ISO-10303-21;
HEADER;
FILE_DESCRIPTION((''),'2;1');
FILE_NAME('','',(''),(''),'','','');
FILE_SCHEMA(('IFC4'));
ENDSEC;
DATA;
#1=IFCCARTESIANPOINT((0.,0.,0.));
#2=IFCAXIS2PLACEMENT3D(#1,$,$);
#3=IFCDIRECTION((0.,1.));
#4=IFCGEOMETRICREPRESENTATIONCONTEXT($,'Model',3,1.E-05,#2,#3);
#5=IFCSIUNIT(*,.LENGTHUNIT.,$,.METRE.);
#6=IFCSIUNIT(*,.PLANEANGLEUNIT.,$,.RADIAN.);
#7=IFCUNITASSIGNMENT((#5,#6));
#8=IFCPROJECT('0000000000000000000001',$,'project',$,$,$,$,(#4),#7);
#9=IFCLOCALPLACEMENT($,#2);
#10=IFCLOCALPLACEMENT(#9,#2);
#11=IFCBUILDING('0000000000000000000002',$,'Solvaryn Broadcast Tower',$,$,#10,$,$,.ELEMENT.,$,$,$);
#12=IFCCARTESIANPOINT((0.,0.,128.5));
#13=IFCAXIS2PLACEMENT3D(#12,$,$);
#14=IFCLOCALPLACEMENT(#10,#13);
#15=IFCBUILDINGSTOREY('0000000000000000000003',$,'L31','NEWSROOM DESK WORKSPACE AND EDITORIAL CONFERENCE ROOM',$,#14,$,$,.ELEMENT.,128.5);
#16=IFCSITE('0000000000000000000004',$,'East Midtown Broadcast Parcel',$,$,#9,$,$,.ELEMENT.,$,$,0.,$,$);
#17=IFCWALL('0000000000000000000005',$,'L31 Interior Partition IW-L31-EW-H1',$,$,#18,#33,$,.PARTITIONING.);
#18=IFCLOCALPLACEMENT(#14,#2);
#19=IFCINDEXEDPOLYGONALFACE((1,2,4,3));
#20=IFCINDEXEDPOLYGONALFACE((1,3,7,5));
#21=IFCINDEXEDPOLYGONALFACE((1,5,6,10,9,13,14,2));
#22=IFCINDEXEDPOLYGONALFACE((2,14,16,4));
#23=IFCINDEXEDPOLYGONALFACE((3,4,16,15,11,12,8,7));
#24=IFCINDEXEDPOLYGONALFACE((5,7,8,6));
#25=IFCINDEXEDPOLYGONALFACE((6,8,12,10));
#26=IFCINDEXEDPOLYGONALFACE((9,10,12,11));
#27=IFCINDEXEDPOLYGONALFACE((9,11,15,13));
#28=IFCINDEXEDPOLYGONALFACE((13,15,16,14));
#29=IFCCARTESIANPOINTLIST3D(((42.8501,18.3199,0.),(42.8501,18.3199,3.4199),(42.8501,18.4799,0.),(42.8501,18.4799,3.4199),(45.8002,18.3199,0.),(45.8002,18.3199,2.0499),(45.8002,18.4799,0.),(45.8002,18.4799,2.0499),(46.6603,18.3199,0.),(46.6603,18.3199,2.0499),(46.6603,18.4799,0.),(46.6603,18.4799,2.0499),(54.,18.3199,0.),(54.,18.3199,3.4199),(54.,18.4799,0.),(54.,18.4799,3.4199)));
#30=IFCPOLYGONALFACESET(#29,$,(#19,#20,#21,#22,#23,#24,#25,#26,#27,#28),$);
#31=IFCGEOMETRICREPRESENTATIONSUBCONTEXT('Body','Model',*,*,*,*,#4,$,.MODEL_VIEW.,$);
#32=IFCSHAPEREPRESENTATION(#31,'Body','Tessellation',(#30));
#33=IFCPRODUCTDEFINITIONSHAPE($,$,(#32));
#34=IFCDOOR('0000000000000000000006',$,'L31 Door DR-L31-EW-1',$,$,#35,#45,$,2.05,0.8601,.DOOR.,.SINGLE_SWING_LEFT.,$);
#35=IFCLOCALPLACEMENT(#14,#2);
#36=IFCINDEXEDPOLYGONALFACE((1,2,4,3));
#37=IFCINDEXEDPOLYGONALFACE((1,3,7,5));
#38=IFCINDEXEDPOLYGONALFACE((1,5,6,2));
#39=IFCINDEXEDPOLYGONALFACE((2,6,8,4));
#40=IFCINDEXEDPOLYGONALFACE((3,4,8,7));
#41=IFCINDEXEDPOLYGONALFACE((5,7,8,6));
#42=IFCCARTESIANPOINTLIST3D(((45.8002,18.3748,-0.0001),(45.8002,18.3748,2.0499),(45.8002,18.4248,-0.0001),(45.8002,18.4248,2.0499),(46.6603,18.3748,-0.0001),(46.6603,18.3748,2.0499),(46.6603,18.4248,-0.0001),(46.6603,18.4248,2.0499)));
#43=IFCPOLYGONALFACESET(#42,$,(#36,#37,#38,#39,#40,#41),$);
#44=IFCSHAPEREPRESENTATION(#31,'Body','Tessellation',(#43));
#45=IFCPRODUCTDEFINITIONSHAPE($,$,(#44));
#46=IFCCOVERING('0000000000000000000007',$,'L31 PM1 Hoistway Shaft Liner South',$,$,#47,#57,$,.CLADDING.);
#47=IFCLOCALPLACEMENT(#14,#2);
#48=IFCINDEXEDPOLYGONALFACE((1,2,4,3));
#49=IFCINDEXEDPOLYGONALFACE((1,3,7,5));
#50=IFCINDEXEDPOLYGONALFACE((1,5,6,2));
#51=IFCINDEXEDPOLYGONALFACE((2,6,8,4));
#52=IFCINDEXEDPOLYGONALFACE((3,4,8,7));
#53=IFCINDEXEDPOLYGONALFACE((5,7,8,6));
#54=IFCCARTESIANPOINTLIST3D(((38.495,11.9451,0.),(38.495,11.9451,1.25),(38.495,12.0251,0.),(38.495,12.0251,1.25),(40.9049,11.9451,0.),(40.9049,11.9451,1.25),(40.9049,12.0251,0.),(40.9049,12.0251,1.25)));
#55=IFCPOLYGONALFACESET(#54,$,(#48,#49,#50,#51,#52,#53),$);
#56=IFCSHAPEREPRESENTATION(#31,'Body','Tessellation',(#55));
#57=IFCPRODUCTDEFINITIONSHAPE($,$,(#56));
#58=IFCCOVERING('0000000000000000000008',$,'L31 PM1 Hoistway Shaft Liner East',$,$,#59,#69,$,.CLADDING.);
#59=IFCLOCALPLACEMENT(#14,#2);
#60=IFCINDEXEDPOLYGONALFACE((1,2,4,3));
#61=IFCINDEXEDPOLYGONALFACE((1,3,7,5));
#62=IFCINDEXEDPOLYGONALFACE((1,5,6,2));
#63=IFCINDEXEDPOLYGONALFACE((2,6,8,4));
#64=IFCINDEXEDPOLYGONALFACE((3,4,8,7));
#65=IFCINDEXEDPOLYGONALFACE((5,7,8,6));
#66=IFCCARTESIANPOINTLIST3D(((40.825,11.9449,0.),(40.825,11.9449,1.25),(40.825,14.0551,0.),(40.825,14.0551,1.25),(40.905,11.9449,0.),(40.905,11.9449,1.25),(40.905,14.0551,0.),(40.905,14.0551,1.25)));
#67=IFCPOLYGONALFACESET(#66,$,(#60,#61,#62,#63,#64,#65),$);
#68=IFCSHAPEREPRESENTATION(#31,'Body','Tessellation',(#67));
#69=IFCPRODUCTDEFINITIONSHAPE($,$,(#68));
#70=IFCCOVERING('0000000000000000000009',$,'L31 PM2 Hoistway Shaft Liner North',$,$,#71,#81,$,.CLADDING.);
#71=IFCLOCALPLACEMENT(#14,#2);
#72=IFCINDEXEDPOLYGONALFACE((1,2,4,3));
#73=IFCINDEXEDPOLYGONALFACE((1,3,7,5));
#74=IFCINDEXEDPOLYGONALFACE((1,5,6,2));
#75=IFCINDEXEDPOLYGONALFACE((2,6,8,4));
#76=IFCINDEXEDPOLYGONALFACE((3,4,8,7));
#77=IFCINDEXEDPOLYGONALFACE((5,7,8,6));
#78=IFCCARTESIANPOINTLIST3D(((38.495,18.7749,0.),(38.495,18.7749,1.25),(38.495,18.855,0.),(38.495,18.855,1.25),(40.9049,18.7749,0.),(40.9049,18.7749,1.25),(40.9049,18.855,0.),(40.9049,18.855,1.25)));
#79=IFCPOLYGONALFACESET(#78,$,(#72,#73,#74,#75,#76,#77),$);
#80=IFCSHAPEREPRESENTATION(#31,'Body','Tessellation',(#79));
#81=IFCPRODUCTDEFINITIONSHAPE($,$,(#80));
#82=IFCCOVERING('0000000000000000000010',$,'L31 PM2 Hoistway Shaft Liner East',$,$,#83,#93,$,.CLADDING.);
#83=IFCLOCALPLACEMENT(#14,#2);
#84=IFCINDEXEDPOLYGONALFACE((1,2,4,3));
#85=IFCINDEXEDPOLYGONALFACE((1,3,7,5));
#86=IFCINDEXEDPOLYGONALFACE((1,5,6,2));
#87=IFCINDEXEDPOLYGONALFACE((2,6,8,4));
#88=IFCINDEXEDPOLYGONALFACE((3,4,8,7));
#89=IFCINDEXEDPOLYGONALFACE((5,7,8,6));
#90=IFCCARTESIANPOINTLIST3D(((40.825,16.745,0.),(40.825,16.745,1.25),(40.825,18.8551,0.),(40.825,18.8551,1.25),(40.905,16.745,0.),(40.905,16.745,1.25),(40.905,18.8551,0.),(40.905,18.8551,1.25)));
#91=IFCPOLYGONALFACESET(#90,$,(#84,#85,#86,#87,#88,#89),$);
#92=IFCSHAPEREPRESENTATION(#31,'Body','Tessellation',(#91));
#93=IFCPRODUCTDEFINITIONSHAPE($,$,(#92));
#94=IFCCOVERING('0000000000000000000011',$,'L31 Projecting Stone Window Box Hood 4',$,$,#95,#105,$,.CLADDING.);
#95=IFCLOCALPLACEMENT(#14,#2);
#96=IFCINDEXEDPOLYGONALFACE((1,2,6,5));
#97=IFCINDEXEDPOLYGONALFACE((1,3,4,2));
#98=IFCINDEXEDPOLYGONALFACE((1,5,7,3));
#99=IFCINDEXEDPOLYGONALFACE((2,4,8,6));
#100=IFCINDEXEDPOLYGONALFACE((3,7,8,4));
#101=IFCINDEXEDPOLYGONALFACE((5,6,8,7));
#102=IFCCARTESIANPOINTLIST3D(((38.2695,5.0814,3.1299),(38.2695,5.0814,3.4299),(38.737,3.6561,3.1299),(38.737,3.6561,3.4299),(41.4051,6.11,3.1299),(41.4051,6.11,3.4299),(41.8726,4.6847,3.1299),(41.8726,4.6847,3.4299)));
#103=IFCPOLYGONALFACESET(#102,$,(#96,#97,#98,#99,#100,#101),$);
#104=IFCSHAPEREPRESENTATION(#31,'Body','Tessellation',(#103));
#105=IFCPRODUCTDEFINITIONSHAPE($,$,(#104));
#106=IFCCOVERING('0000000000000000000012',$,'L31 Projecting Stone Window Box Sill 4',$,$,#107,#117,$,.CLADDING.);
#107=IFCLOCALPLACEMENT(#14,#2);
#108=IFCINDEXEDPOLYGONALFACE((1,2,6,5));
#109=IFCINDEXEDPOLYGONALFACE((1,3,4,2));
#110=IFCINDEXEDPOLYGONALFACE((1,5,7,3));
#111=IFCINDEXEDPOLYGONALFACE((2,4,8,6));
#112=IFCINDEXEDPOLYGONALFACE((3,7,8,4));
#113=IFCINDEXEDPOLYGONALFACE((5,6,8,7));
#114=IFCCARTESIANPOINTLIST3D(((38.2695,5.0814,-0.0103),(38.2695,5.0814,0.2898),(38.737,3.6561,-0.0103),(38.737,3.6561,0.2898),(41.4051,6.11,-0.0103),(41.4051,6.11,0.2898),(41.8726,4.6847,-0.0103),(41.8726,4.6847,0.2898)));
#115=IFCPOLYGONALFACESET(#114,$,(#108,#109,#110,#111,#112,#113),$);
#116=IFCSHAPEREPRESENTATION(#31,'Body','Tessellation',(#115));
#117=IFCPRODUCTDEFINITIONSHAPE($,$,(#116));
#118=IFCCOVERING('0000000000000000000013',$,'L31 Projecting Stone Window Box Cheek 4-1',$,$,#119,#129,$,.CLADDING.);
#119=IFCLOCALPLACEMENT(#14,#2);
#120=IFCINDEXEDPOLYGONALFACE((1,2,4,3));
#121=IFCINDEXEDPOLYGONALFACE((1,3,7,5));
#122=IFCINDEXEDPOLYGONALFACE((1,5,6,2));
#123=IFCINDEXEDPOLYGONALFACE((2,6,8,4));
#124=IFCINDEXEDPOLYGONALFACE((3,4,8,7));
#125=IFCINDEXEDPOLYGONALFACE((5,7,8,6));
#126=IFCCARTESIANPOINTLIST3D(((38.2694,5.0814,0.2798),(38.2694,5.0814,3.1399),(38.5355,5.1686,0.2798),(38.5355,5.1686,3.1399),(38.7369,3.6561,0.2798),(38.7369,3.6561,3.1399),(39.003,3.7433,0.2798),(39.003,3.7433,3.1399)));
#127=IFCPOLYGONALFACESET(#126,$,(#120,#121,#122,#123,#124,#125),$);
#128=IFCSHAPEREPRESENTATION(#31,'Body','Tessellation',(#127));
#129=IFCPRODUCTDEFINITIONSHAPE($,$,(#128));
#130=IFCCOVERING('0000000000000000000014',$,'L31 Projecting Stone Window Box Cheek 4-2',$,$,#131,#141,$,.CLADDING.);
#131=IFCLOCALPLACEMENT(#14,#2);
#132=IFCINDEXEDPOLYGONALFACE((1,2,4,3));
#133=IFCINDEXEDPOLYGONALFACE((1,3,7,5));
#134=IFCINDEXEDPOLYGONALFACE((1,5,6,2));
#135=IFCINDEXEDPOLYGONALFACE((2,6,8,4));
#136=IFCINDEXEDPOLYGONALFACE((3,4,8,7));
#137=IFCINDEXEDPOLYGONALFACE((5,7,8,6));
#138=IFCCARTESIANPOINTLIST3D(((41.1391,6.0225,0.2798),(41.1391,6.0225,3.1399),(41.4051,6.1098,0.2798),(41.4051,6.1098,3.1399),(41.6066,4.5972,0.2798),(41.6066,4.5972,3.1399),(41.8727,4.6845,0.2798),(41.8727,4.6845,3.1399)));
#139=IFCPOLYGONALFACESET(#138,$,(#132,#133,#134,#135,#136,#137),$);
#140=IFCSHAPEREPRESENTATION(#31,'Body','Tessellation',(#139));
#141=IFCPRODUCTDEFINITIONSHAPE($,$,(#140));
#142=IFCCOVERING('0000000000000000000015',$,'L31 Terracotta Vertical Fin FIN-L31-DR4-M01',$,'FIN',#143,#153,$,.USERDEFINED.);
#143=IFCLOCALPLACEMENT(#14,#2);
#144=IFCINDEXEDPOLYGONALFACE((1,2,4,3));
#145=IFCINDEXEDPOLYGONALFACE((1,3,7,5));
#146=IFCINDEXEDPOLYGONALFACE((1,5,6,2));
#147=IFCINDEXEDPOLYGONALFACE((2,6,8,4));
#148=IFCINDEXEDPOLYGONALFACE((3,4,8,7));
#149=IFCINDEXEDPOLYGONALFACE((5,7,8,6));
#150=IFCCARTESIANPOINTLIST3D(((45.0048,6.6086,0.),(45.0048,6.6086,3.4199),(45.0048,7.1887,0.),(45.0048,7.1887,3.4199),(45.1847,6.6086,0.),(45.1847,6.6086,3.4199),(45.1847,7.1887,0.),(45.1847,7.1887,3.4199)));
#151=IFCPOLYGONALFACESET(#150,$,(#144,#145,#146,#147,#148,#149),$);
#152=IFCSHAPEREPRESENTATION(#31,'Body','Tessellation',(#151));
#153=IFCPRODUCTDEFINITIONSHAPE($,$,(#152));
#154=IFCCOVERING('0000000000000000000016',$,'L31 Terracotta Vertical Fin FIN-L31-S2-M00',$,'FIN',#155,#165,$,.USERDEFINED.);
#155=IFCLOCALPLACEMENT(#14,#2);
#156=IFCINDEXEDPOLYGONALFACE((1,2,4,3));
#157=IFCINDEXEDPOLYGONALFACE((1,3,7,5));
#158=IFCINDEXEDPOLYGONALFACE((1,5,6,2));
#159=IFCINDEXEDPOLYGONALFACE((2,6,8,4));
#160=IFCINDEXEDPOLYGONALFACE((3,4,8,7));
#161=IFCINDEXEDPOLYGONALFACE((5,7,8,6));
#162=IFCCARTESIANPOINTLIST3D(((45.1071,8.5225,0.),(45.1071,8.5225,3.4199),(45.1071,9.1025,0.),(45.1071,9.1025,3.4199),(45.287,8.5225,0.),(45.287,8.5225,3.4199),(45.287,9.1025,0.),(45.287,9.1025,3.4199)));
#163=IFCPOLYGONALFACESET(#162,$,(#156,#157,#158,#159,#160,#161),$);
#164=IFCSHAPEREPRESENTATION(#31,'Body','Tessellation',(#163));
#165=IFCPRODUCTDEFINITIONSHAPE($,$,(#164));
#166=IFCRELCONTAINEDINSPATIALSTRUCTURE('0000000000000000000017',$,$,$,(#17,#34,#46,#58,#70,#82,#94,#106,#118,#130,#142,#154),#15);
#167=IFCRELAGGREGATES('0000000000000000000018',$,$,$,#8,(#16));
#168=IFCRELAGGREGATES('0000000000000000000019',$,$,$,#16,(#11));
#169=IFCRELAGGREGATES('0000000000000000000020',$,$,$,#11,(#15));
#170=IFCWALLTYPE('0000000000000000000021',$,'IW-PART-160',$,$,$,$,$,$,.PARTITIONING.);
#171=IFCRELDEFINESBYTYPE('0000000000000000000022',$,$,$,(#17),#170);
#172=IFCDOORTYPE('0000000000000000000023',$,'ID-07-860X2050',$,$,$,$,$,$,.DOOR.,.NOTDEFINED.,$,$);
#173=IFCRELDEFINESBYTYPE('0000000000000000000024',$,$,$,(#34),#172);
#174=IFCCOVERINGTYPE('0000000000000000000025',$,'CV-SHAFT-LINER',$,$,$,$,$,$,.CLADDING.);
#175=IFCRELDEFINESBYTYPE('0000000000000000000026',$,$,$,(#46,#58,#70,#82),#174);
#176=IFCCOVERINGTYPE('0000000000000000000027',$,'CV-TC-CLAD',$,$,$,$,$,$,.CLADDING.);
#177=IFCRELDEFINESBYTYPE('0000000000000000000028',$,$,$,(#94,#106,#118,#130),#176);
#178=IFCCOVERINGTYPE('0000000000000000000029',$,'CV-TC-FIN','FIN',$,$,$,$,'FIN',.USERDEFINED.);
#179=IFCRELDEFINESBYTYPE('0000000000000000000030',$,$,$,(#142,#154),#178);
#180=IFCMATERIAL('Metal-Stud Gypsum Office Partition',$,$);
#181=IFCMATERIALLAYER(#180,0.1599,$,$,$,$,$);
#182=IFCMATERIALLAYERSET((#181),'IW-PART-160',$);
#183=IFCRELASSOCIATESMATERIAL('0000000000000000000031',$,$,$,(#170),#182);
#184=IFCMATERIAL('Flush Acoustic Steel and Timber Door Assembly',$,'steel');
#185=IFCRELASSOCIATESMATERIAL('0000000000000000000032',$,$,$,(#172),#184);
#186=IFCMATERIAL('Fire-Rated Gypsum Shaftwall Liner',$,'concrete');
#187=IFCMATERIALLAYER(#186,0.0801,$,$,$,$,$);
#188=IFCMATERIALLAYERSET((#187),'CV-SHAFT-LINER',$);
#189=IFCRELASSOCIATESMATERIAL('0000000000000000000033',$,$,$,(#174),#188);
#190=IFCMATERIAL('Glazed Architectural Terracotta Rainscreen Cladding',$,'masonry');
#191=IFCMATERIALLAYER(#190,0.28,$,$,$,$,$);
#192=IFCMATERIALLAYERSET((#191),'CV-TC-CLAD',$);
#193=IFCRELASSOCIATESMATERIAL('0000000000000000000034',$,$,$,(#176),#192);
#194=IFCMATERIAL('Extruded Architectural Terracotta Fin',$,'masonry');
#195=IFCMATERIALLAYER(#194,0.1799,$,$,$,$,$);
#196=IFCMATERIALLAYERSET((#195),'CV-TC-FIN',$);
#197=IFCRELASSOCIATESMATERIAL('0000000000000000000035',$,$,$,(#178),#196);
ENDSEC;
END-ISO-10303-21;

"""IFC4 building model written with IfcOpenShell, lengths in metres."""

from ifc_helpers import new_model, si_unit, direction, frame, frame_2d, origin, origin_2d, place, context, subcontext, project, spatial, rectangle, extrude, material, layer, layer_set, type_object, element, fill, save


model = new_model("IFC4")

# Units and contexts
model_context = context("Model", 3, precision=1e-05, world=origin(), true_north=direction((0.0, 1.0)))
body_context = subcontext(model_context, "Body", "Model", "MODEL_VIEW")
ifc_project = project(units=[si_unit("LENGTHUNIT", "METRE"), si_unit("PLANEANGLEUNIT", "RADIAN")], contexts=[model_context])

# Site, building, storey
site_placement = place(None, origin())
site = spatial("IfcSite", under=ifc_project, at=site_placement, Name="East Midtown Broadcast Parcel", CompositionType="ELEMENT", RefElevation=0.0)
building_placement = place(site_placement, origin())
building = spatial("IfcBuilding", under=site, at=building_placement, Name="Solvaryn Broadcast Tower", CompositionType="ELEMENT")
storey_placement = place(building_placement, frame((0.0, 0.0, 128.5)))
storey = spatial("IfcBuildingStorey", under=building, at=storey_placement, Name="L31", Description="NEWSROOM DESK WORKSPACE AND EDITORIAL CONFERENCE ROOM", CompositionType="ELEMENT", Elevation=128.5)

# Shared definitions
ifc_material_1 = material(Name="Metal-Stud Gypsum Office Partition")
ifc_layer_1 = layer(ifc_material_1, 0.1599)
ifc_layer_set_1 = layer_set([ifc_layer_1], Name="IW-PART-160")
wall_type_1 = type_object("IfcWallType", Name="IW-PART-160", PredefinedType="PARTITIONING", material=ifc_layer_set_1)

# Wall, opening, door
wall_1_placement = place(storey_placement, frame((42.8501, 18.3999, 0.0), z_axis=(0.0, 0.0, 1.0), x_axis=(1.0, 0.0, 0.0)))
wall_1 = element("IfcWall", 1, at=wall_1_placement, inside=storey, type_object=wall_type_1, Name="L31 Interior Partition IW-L31-EW-H1", PredefinedType="PARTITIONING", context=body_context, shape_type="SweptSolid", body=[
    extrude(rectangle(XDim=11.1499, YDim=0.1599, at=frame_2d((5.575, 0.0))), origin(), (0.0, 0.0, 1.0), 3.4199),
])
opening_1_placement = place(wall_1_placement, frame((2.95, 0.0, 0.0)))
opening_1 = element("IfcOpeningElement", 2, at=opening_1_placement, cuts=wall_1, PredefinedType="OPENING", context=body_context, shape_type="SweptSolid", body=[
    extrude(rectangle(XDim=0.8601, YDim=2.05, at=frame_2d((0.4302, 1.0249))), frame((0.0, 0.0901, 0.0), z_axis=(0.0, -1.0, 0.0), x_axis=(1.0, 0.0, 0.0)), (0.0, 0.0, 1.0), 0.1799),
])
ifc_material_2 = material(Name="Flush Acoustic Steel and Timber Door Assembly", Category="steel")
door_type_1 = type_object("IfcDoorType", Name="ID-07-860X2050", OperationType="NOTDEFINED", PredefinedType="DOOR", material=ifc_material_2)
door_1_placement = place(opening_1_placement, origin())
door_1 = element("IfcDoor", 3, at=door_1_placement, inside=storey, type_object=door_type_1, Name="L31 Door DR-L31-EW-1", OperationType="SINGLE_SWING_LEFT", OverallHeight=2.05, OverallWidth=0.8601, PredefinedType="DOOR", context=body_context, shape_type="SweptSolid", body=[
    extrude(rectangle(XDim=0.8601, YDim=2.05, at=frame_2d((0.4302, 1.0249))), frame((0.0, 0.0249, 0.0), z_axis=(0.0, -1.0, 0.0), x_axis=(1.0, 0.0, 0.0)), (0.0, 0.0, 1.0), 0.05),
])
fill(opening_1, door_1)

# Coverings
ifc_material_3 = material(Name="Fire-Rated Gypsum Shaftwall Liner", Category="concrete")
ifc_layer_2 = layer(ifc_material_3, 0.0801)
ifc_layer_set_2 = layer_set([ifc_layer_2], Name="CV-SHAFT-LINER")
covering_type_1 = type_object("IfcCoveringType", Name="CV-SHAFT-LINER", PredefinedType="CLADDING", material=ifc_layer_set_2)
covering_1_placement = place(storey_placement, frame((39.7, 11.9851, 0.0), z_axis=(0.0, 0.0, 1.0), x_axis=(1.0, 0.0, 0.0)))
element("IfcCovering", 4, at=covering_1_placement, inside=storey, type_object=covering_type_1, Name="L31 PM1 Hoistway Shaft Liner South", PredefinedType="CLADDING", context=body_context, shape_type="SweptSolid", body=[
    extrude(rectangle(XDim=2.4099, YDim=0.0801, at=origin_2d()), origin(), (0.0, 0.0, 1.0), 1.25),
])
covering_2_placement = place(storey_placement, frame((40.865, 13.0, 0.0), z_axis=(0.0, 0.0, 1.0), x_axis=(1.0, 0.0, 0.0)))
element("IfcCovering", 5, at=covering_2_placement, inside=storey, type_object=covering_type_1, Name="L31 PM1 Hoistway Shaft Liner East", PredefinedType="CLADDING", context=body_context, shape_type="SweptSolid", body=[
    extrude(rectangle(XDim=0.0801, YDim=2.1101, at=origin_2d()), origin(), (0.0, 0.0, 1.0), 1.25),
])
covering_3_placement = place(storey_placement, frame((39.7, 18.8149, 0.0), z_axis=(0.0, 0.0, 1.0), x_axis=(1.0, 0.0, 0.0)))
element("IfcCovering", 6, at=covering_3_placement, inside=storey, type_object=covering_type_1, Name="L31 PM2 Hoistway Shaft Liner North", PredefinedType="CLADDING", context=body_context, shape_type="SweptSolid", body=[
    extrude(rectangle(XDim=2.4099, YDim=0.0801, at=origin_2d()), origin(), (0.0, 0.0, 1.0), 1.25),
])
covering_4_placement = place(storey_placement, frame((40.865, 17.8, 0.0), z_axis=(0.0, 0.0, 1.0), x_axis=(1.0, 0.0, 0.0)))
element("IfcCovering", 7, at=covering_4_placement, inside=storey, type_object=covering_type_1, Name="L31 PM2 Hoistway Shaft Liner East", PredefinedType="CLADDING", context=body_context, shape_type="SweptSolid", body=[
    extrude(rectangle(XDim=0.0801, YDim=2.1101, at=origin_2d()), origin(), (0.0, 0.0, 1.0), 1.25),
])
ifc_material_4 = material(Name="Glazed Architectural Terracotta Rainscreen Cladding", Category="masonry")
ifc_layer_3 = layer(ifc_material_4, 0.28)
ifc_layer_set_3 = layer_set([ifc_layer_3], Name="CV-TC-CLAD")
covering_type_2 = type_object("IfcCoveringType", Name="CV-TC-CLAD", PredefinedType="CLADDING", material=ifc_layer_set_3)
for number, where, z_axis, x_axis, name in (
    (8, (40.071, 4.8831, 3.1299), (0.0, 0.0, 1.0), (0.95019, 0.311672, 0.0), "L31 Projecting Stone Window Box Hood 4"),
    (9, (40.071, 4.8831, -0.0103), (0.0, 0.0, 1.0), (0.95019, 0.311672, 0.0), "L31 Projecting Stone Window Box Sill 4"),
):
    element("IfcCovering", number, at=place(storey_placement, frame(where, z_axis=z_axis, x_axis=x_axis)), inside=storey, type_object=covering_type_2, Name=name, PredefinedType="CLADDING", context=body_context, shape_type="SweptSolid", body=[
        extrude(rectangle(XDim=3.3, YDim=1.5, at=origin_2d()), origin(), (0.0, 0.0, 1.0), 0.3),
    ])
for number, where, z_axis, x_axis, name in (
    (10, (38.6362, 4.4124, 0.2798), (0.0, 0.0, 1.0), (0.95019, 0.311672, 0.0), "L31 Projecting Stone Window Box Cheek 4-1"),
    (11, (41.5059, 5.3535, 0.2798), (0.0, 0.0, 1.0), (0.95019, 0.311672, 0.0), "L31 Projecting Stone Window Box Cheek 4-2"),
):
    element("IfcCovering", number, at=place(storey_placement, frame(where, z_axis=z_axis, x_axis=x_axis)), inside=storey, type_object=covering_type_2, Name=name, PredefinedType="CLADDING", context=body_context, shape_type="SweptSolid", body=[
        extrude(rectangle(XDim=0.28, YDim=1.5, at=origin_2d()), origin(), (0.0, 0.0, 1.0), 2.8601),
    ])
ifc_material_5 = material(Name="Extruded Architectural Terracotta Fin", Category="masonry")
ifc_layer_4 = layer(ifc_material_5, 0.1799)
ifc_layer_set_4 = layer_set([ifc_layer_4], Name="CV-TC-FIN")
covering_type_3 = type_object("IfcCoveringType", Name="CV-TC-FIN", Description="FIN", ElementType="FIN", PredefinedType="USERDEFINED", material=ifc_layer_set_4)
for number, where, z_axis, x_axis, name in (
    (12, (45.0947, 6.8987, 0.0), (0.0, 0.0, 1.0), (1.0, 0.0, 0.0), "L31 Terracotta Vertical Fin FIN-L31-DR4-M01"),
    (13, (45.197, 8.8125, 0.0), (0.0, 0.0, 1.0), (1.0, 0.0, 0.0), "L31 Terracotta Vertical Fin FIN-L31-S2-M00"),
):
    element("IfcCovering", number, at=place(storey_placement, frame(where, z_axis=z_axis, x_axis=x_axis)), inside=storey, type_object=covering_type_3, Name=name, ObjectType="FIN", PredefinedType="USERDEFINED", context=body_context, shape_type="SweptSolid", body=[
        extrude(rectangle(XDim=0.1799, YDim=0.5801, at=origin_2d()), origin(), (0.0, 0.0, 1.0), 3.4199),
    ])

save(model, "model.ifc")
